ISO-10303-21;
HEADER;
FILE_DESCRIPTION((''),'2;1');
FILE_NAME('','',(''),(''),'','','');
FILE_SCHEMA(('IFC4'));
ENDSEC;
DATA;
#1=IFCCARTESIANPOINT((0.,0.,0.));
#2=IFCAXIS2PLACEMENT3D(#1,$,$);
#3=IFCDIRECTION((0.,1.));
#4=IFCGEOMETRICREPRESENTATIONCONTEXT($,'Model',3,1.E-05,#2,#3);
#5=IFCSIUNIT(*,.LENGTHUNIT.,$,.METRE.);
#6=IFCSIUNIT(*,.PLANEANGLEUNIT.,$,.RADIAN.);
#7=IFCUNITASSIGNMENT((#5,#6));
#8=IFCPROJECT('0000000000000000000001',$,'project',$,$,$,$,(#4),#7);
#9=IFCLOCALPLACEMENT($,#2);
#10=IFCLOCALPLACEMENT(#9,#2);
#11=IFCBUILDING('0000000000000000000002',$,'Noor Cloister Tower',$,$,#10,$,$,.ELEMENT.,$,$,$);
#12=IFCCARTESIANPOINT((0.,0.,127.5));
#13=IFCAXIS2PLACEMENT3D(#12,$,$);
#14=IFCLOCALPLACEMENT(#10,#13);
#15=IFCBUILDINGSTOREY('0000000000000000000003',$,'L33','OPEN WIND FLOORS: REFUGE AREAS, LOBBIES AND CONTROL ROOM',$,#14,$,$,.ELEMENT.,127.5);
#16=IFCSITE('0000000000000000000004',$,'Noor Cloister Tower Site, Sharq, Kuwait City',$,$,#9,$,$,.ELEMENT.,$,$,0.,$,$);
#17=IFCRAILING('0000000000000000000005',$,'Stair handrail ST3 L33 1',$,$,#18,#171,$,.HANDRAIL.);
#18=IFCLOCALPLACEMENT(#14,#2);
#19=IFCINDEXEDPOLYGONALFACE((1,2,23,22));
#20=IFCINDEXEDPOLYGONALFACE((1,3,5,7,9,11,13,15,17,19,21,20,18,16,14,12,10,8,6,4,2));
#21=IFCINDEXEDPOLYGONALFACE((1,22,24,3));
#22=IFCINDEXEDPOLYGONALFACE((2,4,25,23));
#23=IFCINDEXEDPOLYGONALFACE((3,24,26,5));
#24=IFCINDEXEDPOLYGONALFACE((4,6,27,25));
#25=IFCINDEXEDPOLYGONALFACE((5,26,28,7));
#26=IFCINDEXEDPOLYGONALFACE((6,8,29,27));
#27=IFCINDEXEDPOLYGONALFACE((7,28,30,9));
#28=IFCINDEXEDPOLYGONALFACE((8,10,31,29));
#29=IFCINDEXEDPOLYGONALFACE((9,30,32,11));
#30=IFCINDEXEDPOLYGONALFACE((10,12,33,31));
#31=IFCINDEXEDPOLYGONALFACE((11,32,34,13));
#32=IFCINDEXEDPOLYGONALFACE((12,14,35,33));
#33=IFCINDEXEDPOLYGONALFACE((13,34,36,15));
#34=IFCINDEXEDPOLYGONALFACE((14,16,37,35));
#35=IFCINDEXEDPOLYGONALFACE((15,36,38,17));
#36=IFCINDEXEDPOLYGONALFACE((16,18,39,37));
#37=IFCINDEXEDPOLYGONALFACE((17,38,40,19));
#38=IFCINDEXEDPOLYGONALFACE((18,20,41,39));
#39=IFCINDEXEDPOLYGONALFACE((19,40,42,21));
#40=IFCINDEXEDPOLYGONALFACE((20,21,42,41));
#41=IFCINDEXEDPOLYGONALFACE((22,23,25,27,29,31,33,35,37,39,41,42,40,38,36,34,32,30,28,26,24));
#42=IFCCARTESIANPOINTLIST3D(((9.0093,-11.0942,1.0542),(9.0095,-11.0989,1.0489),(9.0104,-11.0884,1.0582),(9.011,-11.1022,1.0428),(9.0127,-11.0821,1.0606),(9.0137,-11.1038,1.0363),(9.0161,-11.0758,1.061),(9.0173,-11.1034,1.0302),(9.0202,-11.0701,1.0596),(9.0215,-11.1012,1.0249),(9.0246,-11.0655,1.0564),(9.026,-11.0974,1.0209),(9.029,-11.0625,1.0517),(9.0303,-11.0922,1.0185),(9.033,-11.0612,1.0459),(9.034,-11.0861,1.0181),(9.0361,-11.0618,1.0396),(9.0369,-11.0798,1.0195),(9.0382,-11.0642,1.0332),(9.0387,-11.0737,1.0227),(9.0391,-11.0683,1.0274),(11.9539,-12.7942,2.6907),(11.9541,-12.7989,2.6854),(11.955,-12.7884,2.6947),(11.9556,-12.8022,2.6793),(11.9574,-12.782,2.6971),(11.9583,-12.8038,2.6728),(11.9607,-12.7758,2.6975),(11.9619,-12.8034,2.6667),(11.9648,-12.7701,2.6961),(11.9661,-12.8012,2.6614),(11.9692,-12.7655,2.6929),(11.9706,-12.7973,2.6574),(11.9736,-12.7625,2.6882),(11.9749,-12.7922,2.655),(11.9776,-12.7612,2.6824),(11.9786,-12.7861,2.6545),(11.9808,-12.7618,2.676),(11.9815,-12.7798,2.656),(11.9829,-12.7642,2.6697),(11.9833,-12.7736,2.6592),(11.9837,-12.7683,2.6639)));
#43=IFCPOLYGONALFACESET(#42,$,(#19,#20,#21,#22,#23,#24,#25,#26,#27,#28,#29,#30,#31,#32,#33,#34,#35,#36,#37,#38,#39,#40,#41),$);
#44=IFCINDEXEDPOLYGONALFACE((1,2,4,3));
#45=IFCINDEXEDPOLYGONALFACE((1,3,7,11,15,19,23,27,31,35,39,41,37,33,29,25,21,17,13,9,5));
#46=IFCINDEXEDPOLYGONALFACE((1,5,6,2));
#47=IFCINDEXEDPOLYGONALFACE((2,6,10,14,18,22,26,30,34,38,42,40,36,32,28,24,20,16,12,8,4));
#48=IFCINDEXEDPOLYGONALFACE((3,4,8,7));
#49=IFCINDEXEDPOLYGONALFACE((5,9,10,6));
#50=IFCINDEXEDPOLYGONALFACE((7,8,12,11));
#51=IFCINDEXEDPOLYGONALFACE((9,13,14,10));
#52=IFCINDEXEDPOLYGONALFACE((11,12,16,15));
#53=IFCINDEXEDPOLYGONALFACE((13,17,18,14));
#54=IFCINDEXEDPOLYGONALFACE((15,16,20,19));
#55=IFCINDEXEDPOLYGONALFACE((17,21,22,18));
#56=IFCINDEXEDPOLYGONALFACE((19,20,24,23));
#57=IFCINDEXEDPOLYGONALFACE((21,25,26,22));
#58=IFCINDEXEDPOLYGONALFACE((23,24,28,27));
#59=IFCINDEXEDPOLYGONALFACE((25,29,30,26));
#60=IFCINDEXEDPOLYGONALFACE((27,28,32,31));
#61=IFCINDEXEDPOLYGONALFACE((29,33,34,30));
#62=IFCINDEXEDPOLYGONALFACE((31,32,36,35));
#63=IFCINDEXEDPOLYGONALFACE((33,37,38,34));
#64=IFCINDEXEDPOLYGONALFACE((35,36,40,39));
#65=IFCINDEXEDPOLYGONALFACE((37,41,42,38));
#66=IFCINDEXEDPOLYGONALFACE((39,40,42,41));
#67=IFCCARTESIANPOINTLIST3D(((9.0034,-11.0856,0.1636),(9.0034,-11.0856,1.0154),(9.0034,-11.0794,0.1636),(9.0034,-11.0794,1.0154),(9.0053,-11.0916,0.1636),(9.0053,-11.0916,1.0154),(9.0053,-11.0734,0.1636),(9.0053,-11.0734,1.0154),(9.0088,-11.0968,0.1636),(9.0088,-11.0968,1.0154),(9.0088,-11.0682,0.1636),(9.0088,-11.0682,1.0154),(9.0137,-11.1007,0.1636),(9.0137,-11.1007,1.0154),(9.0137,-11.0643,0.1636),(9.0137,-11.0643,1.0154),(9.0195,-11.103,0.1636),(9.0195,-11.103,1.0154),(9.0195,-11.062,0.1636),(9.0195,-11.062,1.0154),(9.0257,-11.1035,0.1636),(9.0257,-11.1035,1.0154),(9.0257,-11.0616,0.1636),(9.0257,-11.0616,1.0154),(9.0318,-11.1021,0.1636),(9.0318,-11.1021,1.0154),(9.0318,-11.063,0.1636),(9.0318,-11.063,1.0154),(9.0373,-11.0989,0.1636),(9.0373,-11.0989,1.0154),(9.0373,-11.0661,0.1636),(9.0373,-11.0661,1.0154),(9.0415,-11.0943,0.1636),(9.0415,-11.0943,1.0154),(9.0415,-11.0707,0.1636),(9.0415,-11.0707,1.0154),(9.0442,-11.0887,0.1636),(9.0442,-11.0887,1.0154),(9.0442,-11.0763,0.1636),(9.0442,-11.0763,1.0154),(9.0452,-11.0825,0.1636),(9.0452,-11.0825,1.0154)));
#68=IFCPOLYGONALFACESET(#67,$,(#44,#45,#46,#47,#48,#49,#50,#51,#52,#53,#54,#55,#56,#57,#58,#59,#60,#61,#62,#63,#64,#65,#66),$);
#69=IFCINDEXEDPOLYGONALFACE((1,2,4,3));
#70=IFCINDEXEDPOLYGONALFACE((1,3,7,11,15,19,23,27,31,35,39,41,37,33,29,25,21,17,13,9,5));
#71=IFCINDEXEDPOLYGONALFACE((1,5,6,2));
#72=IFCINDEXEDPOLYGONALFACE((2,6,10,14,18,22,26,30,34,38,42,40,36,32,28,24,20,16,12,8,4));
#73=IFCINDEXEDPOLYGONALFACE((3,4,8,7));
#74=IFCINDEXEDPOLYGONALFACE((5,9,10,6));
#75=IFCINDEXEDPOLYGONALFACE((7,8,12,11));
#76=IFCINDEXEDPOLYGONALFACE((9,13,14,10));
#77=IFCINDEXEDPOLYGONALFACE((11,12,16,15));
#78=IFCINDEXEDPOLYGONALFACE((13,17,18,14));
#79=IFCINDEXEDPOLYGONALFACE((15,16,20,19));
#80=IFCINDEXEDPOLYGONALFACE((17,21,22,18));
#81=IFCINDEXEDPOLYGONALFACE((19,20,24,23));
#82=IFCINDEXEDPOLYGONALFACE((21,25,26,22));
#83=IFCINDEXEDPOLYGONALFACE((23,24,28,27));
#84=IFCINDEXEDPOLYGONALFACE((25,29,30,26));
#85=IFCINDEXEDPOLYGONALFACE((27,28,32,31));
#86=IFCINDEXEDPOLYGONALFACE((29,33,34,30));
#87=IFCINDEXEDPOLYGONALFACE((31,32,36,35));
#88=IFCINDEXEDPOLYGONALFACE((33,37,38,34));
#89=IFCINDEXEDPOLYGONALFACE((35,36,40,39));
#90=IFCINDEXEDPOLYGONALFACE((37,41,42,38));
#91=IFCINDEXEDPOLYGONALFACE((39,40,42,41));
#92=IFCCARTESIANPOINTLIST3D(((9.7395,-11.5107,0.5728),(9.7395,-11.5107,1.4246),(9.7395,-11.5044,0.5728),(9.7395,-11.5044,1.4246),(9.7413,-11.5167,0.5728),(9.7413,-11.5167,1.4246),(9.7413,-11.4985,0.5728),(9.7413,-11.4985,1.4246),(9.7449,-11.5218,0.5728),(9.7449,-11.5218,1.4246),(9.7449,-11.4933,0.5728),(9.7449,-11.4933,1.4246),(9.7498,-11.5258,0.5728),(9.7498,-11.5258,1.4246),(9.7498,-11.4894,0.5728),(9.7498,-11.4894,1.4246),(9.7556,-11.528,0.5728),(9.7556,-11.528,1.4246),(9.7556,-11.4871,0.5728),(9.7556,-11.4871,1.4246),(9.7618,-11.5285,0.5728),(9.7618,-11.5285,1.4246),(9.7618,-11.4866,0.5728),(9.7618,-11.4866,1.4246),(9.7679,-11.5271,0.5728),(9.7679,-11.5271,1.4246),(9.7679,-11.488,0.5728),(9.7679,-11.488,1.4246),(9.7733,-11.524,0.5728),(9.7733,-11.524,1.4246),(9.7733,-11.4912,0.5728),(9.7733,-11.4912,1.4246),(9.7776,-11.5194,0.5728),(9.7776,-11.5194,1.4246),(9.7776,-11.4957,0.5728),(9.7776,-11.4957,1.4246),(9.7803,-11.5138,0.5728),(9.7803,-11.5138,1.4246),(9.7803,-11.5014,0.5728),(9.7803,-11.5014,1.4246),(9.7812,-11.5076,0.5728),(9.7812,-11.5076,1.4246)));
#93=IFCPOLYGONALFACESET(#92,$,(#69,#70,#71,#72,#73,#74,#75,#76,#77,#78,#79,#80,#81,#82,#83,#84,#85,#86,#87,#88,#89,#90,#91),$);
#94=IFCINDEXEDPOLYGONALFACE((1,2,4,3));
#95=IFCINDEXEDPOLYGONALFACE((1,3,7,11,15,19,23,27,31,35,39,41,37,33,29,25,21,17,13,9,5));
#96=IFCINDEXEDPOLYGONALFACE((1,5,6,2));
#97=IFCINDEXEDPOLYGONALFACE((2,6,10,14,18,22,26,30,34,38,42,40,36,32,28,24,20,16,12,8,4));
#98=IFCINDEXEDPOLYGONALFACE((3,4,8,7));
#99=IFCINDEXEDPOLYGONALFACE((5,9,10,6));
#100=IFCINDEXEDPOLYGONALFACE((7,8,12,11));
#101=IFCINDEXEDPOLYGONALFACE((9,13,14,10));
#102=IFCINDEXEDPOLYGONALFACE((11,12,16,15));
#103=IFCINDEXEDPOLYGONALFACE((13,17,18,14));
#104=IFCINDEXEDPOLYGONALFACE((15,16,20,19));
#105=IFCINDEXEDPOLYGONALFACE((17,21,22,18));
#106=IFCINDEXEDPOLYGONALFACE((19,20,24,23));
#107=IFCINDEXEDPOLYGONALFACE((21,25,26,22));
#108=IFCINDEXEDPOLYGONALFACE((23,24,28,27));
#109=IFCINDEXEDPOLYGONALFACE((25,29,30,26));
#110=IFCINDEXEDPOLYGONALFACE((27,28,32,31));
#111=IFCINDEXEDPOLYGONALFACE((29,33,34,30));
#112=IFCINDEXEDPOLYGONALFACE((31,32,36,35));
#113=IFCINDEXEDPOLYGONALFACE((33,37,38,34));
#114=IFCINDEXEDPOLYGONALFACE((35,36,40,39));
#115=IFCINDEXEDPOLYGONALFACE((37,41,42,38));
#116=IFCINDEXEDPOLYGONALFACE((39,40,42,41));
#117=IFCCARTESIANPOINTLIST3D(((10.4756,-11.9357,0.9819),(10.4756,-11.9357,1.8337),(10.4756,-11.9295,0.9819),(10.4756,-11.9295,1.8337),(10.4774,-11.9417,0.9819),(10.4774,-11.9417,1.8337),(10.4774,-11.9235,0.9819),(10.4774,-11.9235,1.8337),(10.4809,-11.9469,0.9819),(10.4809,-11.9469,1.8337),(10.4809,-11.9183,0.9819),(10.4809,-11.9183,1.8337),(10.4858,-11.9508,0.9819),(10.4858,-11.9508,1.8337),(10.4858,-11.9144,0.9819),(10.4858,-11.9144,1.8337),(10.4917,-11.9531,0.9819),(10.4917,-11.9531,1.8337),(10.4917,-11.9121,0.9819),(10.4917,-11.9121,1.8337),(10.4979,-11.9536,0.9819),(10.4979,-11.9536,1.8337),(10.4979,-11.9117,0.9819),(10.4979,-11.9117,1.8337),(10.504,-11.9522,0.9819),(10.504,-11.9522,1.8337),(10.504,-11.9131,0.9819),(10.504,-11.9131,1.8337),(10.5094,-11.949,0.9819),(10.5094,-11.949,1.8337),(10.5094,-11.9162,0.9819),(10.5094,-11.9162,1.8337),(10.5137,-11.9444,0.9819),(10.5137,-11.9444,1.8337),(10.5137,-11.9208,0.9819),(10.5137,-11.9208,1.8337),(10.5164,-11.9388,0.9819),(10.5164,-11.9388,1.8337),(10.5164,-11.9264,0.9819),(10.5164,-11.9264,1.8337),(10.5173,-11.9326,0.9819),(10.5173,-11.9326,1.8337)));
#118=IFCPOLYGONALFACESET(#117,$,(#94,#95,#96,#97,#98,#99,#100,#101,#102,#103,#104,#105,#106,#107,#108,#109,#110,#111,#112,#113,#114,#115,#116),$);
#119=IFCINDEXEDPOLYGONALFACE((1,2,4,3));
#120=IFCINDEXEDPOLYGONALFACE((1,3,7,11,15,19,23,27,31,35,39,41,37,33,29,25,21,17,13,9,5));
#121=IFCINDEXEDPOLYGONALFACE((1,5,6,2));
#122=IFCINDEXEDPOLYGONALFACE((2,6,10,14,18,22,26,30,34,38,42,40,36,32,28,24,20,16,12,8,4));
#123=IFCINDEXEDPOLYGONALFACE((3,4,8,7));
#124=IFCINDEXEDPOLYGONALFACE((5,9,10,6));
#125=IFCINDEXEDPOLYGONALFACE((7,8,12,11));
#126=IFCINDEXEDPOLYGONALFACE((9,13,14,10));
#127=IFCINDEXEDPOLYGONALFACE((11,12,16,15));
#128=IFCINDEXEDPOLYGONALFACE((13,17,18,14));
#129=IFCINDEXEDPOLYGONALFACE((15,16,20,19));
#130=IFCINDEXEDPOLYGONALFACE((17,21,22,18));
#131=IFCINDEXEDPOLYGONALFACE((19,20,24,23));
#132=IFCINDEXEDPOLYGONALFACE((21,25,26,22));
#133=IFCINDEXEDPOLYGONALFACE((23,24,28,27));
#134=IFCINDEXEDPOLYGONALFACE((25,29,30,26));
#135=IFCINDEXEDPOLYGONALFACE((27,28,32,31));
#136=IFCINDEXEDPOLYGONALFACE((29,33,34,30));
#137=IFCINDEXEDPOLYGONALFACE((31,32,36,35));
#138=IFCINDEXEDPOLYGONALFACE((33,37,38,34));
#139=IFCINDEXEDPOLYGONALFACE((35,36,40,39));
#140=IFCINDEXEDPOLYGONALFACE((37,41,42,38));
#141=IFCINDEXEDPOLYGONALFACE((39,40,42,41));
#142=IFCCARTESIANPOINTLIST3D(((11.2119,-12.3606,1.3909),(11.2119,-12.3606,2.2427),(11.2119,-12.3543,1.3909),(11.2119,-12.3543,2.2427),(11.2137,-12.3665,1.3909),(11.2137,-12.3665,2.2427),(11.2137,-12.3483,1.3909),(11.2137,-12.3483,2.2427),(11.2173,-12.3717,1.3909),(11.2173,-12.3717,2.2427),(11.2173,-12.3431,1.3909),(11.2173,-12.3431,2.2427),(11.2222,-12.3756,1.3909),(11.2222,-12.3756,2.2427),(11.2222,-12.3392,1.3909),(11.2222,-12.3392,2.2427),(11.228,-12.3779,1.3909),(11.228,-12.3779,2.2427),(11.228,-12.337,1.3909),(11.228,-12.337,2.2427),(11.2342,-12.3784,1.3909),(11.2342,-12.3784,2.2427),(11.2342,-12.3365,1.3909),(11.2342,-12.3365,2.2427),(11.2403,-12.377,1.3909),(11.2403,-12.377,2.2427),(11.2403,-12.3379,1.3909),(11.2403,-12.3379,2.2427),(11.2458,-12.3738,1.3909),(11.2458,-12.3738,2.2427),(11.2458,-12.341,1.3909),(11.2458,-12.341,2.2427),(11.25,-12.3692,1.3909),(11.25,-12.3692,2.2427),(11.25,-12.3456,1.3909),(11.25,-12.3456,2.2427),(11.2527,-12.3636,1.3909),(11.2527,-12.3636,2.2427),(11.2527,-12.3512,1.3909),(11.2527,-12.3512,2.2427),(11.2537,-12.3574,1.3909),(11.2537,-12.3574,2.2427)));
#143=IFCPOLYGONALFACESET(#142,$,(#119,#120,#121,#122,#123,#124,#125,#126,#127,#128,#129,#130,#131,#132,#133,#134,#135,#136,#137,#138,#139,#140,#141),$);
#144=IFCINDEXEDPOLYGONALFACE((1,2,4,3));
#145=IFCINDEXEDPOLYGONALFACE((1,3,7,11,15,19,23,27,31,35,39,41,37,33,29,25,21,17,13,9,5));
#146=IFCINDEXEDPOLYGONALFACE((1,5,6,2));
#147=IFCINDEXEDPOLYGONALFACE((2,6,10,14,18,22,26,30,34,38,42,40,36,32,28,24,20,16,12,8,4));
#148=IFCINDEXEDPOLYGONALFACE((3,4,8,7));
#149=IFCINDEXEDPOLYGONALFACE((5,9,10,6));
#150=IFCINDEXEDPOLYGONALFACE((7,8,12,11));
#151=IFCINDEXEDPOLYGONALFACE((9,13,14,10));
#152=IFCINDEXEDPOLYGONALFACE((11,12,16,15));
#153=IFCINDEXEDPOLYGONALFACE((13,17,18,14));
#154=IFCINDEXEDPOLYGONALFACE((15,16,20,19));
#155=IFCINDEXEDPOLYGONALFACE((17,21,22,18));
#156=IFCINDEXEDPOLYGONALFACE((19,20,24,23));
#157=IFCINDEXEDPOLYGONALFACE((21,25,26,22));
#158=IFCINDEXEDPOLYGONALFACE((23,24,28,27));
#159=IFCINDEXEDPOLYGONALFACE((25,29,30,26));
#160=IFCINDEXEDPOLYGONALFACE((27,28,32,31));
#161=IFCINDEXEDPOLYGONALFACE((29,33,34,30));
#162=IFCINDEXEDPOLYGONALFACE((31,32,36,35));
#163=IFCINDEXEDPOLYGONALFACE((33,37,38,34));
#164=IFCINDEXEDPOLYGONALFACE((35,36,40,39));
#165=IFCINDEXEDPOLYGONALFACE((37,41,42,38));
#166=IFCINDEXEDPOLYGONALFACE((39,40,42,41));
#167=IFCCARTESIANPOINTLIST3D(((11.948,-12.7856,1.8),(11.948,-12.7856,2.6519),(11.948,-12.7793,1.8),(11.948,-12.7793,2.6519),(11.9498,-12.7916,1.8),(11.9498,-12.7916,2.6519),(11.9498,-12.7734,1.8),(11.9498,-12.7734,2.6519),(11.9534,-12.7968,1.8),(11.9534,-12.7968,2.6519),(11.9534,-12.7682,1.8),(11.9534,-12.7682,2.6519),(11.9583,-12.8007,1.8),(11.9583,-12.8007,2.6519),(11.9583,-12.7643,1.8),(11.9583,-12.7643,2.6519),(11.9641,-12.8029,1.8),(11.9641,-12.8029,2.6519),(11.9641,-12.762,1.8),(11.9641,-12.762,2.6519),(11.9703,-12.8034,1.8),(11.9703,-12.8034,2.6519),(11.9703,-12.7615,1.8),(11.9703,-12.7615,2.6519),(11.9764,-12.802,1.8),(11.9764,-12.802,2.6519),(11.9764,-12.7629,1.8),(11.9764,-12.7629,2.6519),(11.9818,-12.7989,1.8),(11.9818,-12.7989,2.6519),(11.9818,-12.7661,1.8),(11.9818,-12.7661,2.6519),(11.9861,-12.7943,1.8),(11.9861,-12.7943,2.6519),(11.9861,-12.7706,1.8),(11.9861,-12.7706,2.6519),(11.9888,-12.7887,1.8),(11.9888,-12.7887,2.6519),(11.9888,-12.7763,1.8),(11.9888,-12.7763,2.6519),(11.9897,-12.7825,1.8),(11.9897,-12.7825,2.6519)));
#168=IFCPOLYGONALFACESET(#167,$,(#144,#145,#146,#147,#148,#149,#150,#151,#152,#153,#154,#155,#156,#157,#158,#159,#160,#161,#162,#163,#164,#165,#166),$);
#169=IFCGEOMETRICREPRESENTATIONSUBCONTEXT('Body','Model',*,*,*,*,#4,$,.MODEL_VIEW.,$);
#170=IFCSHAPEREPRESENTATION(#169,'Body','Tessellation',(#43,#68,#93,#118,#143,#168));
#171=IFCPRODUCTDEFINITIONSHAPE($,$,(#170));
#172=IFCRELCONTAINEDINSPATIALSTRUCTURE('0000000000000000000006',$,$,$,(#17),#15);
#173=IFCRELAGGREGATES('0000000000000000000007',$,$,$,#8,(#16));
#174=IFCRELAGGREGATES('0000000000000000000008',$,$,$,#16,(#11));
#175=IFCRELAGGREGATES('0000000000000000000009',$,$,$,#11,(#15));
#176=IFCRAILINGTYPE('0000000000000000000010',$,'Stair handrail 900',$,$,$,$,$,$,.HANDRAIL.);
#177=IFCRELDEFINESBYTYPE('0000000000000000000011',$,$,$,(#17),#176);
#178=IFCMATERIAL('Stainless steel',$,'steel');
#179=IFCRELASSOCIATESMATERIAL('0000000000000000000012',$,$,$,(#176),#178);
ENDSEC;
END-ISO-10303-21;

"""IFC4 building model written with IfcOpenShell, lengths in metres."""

from ifc_helpers import new_model, si_unit, direction, frame, origin, origin_2d, place, context, subcontext, project, spatial, circle, extrude, material, type_object, element, save


model = new_model("IFC4")

# Units and contexts
model_context = context("Model", 3, precision=1e-05, world=origin(), true_north=direction((0.0, 1.0)))
body_context = subcontext(model_context, "Body", "Model", "MODEL_VIEW")
ifc_project = project(units=[si_unit("LENGTHUNIT", "METRE"), si_unit("PLANEANGLEUNIT", "RADIAN")], contexts=[model_context])

# Site, building, storey
site_placement = place(None, origin())
site = spatial("IfcSite", under=ifc_project, at=site_placement, Name="Noor Cloister Tower Site, Sharq, Kuwait City", CompositionType="ELEMENT", RefElevation=0.0)
building_placement = place(site_placement, origin())
building = spatial("IfcBuilding", under=site, at=building_placement, Name="Noor Cloister Tower", CompositionType="ELEMENT")
storey_placement = place(building_placement, frame((0.0, 0.0, 127.5)))
storey = spatial("IfcBuildingStorey", under=building, at=storey_placement, Name="L33", Description="OPEN WIND FLOORS: REFUGE AREAS, LOBBIES AND CONTROL ROOM", CompositionType="ELEMENT", Elevation=127.5)

# Railing
ifc_material_1 = material(Name="Stainless steel", Category="steel")
railing_type_1 = type_object("IfcRailingType", Name="Stair handrail 900", PredefinedType="HANDRAIL", material=ifc_material_1)
railing_1_placement = place(storey_placement, frame((9.0242, -11.0825, 0.1636)))
element("IfcRailing", 1, at=railing_1_placement, inside=storey, type_object=railing_type_1, Name="Stair handrail ST3 L33 1", PredefinedType="HANDRAIL", context=body_context, shape_type="SweptSolid", body=[
    extrude(circle(Radius=0.0239, at=origin_2d()), frame((0.0, 0.0, 0.876), z_axis=(0.780355, -0.450511, 0.433689), x_axis=(0.499977, 0.866039, 0.0)), (0.0, 0.0, 1.0), 3.7734),
    extrude(circle(Radius=0.021, at=origin_2d()), origin(), (0.0, 0.0, 1.0), 0.8518),
    extrude(circle(Radius=0.021, at=origin_2d()), frame((0.7361, -0.425, 0.4092)), (0.0, 0.0, 1.0), 0.8518),
    extrude(circle(Radius=0.021, at=origin_2d()), frame((1.4722, -0.8501, 0.8184)), (0.0, 0.0, 1.0), 0.8518),
    extrude(circle(Radius=0.021, at=origin_2d()), frame((2.2085, -1.2749, 1.2273)), (0.0, 0.0, 1.0), 0.8518),
    extrude(circle(Radius=0.021, at=origin_2d()), frame((2.9446, -1.7, 1.6365)), (0.0, 0.0, 1.0), 0.8518),
])

save(model, "model.ifc")
